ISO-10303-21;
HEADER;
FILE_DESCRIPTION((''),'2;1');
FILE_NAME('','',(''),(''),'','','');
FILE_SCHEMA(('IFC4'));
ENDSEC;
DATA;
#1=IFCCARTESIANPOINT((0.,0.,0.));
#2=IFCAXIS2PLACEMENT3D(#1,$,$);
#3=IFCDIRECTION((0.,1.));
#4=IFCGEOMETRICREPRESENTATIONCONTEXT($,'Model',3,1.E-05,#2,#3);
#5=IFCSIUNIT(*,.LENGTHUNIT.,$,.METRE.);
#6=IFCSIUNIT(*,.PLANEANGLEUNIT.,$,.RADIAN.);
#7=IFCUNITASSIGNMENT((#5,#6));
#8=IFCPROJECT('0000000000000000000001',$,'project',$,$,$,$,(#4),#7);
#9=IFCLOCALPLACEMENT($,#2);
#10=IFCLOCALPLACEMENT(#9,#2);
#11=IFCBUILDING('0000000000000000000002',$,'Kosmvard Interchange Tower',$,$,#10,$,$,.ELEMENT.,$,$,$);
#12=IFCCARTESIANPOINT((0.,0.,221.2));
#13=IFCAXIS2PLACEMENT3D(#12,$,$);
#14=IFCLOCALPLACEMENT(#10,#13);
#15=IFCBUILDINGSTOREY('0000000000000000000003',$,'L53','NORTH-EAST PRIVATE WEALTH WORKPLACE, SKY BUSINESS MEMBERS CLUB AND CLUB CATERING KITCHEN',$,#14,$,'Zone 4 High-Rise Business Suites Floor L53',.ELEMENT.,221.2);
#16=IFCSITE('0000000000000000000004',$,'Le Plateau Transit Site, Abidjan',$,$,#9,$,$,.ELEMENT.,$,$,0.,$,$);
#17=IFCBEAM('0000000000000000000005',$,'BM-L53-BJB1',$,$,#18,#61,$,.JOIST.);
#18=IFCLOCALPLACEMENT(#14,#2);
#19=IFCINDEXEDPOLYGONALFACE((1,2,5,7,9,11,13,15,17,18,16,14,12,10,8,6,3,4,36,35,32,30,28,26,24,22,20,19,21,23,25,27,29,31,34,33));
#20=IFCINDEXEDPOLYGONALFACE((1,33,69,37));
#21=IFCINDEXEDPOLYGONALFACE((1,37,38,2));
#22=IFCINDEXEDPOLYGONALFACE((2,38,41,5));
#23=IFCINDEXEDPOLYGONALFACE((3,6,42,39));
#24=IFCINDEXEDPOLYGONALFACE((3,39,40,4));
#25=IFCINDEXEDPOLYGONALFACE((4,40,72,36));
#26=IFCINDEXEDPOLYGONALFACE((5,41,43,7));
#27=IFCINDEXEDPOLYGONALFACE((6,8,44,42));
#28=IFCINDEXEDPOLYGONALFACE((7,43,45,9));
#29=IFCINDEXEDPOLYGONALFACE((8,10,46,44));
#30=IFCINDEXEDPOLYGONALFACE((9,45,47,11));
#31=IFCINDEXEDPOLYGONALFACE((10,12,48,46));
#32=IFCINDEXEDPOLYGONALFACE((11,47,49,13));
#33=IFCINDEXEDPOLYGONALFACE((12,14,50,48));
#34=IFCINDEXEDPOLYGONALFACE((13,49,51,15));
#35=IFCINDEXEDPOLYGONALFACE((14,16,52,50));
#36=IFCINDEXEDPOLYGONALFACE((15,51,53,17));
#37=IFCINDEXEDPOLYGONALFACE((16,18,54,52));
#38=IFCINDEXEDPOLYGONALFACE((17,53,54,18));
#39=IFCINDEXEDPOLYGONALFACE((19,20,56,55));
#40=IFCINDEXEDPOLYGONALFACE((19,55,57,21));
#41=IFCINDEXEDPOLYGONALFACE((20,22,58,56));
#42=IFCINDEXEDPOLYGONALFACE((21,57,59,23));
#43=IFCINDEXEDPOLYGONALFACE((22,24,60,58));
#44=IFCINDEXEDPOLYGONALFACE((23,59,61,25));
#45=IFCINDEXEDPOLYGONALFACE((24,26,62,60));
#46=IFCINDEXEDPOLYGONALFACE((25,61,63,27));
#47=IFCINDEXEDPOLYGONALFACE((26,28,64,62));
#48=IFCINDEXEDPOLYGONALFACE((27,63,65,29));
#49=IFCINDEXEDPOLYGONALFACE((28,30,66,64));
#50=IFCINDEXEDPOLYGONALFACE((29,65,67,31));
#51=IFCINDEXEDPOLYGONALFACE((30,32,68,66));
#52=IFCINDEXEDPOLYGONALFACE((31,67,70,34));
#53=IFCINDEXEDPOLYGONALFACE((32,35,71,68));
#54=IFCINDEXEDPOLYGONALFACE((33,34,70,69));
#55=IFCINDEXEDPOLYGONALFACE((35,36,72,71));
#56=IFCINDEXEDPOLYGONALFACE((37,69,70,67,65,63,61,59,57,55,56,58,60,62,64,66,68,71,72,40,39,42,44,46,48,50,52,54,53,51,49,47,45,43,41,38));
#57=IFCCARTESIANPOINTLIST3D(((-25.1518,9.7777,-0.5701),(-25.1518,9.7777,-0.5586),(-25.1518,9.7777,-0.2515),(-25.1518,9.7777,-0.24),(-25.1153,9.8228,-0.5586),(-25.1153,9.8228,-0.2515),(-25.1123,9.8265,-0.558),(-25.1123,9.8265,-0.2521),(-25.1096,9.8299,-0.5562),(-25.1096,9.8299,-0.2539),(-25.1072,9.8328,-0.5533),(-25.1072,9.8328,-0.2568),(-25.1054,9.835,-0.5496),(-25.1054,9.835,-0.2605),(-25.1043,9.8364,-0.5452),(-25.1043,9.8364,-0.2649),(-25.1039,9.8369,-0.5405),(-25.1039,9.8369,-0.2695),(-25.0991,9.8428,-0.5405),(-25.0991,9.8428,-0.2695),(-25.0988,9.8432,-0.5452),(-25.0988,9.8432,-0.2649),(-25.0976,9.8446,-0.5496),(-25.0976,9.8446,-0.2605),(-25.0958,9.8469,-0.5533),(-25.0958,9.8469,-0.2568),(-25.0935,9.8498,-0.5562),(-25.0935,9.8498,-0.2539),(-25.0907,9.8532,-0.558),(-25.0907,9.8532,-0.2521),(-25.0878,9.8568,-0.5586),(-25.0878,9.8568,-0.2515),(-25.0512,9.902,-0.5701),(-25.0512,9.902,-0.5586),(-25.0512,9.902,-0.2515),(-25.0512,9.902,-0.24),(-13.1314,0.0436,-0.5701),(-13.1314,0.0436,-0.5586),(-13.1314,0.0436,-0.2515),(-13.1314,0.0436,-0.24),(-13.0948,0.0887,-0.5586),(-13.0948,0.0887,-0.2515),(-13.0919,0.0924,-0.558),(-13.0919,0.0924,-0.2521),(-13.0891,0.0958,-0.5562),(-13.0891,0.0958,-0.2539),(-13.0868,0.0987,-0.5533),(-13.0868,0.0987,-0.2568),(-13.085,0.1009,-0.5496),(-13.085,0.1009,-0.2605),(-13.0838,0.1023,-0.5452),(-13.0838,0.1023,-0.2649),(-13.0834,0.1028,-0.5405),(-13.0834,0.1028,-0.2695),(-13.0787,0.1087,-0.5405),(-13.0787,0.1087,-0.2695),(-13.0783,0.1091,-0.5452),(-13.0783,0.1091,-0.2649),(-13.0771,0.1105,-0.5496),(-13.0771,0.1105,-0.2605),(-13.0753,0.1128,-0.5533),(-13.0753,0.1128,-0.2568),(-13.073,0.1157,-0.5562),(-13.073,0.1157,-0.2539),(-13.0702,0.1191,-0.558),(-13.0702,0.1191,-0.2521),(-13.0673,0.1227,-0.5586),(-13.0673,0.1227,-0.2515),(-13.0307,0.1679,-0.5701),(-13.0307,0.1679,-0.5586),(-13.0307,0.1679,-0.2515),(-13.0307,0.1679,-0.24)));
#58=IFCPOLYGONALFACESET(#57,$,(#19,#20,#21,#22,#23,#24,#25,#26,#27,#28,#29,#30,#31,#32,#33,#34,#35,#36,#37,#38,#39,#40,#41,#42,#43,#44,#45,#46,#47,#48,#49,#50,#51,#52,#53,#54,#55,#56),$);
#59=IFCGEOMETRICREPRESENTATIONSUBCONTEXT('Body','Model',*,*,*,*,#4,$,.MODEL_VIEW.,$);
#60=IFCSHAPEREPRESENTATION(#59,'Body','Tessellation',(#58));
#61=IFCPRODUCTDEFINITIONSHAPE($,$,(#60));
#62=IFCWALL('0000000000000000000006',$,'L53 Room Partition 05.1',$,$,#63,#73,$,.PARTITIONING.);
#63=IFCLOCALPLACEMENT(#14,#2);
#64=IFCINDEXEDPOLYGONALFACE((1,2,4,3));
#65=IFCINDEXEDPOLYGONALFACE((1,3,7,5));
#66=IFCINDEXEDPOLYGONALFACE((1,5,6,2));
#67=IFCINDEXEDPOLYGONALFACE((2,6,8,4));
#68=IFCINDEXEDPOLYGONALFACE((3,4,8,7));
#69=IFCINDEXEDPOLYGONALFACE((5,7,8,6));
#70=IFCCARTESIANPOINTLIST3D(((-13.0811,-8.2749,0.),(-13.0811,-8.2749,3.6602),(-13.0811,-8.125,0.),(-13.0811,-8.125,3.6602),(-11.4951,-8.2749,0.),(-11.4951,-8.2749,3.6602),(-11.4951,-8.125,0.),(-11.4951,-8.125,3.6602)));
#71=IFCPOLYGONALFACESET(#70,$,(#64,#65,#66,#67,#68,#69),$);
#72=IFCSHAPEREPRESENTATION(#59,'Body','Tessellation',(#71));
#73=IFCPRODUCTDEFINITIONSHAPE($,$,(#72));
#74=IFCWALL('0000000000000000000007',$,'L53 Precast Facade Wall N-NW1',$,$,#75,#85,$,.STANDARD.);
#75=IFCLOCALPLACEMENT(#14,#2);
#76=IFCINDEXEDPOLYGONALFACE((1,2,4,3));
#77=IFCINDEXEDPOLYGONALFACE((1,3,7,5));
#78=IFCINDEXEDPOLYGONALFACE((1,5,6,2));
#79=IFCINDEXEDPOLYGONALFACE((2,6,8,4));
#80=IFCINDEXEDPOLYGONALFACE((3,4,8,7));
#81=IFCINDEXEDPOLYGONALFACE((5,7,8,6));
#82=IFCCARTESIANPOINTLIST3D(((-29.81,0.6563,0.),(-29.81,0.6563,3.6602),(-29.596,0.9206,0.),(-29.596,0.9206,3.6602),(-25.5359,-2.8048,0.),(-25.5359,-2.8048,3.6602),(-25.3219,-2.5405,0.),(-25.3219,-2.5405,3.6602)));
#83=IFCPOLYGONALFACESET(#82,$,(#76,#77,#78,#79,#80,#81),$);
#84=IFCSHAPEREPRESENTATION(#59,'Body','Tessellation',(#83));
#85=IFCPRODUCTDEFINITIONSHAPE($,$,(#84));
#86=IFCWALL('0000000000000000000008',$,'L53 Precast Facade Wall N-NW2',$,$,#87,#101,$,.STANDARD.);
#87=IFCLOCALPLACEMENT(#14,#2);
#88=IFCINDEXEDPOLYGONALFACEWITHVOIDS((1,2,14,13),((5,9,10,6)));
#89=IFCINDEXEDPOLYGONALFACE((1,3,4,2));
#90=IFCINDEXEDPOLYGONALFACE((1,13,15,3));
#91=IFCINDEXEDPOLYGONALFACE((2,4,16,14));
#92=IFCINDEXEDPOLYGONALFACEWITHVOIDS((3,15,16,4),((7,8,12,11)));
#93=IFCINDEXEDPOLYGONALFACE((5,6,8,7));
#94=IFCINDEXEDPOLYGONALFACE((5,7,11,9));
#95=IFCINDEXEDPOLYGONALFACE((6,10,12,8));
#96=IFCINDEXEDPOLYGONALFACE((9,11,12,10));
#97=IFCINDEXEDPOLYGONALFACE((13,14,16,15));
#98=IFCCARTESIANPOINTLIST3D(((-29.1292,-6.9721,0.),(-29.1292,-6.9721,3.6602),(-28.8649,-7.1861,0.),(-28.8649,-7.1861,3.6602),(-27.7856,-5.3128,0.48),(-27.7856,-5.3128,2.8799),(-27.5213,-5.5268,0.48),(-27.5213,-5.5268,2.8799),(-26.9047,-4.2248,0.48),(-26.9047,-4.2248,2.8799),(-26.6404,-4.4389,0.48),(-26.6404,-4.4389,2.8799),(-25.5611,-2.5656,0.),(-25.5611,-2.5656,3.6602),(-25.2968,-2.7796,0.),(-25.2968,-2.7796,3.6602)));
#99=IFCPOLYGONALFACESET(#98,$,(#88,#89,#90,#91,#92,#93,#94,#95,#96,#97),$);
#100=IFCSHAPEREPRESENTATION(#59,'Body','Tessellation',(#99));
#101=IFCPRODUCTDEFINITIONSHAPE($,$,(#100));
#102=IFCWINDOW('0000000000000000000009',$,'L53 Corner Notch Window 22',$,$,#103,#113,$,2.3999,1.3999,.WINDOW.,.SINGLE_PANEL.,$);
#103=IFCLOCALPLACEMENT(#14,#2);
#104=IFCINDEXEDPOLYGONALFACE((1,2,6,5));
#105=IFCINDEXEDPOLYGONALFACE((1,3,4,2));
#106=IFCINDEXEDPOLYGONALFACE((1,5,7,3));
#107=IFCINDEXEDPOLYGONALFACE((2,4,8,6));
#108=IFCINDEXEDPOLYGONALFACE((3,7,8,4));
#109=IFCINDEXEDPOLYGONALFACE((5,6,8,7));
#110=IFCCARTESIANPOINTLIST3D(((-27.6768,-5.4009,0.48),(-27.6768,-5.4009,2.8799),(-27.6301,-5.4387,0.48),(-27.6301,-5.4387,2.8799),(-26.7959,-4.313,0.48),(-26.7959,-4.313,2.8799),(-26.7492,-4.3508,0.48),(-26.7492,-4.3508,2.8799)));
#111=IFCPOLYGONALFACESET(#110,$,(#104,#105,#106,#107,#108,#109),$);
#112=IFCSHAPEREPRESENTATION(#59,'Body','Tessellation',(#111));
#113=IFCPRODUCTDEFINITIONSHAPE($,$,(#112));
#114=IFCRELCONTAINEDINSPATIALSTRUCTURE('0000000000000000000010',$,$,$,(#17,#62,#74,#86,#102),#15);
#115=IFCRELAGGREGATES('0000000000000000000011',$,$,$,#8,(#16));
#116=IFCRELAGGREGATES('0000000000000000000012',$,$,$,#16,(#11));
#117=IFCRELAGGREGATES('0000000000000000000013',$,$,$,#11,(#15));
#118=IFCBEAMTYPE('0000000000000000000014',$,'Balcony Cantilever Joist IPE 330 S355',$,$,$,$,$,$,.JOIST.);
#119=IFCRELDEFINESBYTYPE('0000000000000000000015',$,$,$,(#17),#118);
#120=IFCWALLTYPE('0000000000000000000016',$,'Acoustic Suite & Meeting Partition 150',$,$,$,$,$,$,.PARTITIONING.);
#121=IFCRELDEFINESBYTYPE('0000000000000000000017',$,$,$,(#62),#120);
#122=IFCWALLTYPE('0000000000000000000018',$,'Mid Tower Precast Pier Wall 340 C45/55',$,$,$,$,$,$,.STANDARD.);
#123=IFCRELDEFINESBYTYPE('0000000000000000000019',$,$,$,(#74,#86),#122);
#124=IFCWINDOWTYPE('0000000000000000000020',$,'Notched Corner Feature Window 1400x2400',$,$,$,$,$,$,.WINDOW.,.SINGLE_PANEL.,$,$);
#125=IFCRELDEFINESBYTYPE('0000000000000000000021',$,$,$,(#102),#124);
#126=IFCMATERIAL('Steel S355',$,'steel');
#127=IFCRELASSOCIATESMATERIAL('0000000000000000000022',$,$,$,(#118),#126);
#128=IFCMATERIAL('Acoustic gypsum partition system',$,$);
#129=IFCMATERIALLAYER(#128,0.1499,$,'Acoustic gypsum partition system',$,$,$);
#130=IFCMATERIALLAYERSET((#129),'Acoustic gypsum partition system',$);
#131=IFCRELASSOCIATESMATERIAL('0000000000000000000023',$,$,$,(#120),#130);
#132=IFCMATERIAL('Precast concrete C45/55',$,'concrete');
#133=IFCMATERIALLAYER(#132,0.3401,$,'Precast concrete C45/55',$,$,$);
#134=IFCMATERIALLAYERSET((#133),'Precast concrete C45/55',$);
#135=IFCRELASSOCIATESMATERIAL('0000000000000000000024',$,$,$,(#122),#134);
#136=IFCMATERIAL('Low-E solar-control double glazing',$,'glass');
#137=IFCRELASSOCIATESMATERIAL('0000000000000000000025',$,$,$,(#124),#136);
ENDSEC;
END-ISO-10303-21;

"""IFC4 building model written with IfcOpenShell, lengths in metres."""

from ifc_helpers import new_model, si_unit, direction, frame, frame_2d, origin, origin_2d, place, context, subcontext, project, spatial, rectangle, i_section, extrude, source, transform, mapped, material, layer, layer_set, material_profile, profile_set, type_object, element, fill, save


model = new_model("IFC4")

# Units and contexts
model_context = context("Model", 3, precision=1e-05, world=origin(), true_north=direction((0.0, 1.0)))
body_context = subcontext(model_context, "Body", "Model", "MODEL_VIEW")
ifc_project = project(units=[si_unit("LENGTHUNIT", "METRE"), si_unit("PLANEANGLEUNIT", "RADIAN")], contexts=[model_context])

# Site, building, storey
site_placement = place(None, origin())
site = spatial("IfcSite", under=ifc_project, at=site_placement, Name="Le Plateau Transit Site, Abidjan", CompositionType="ELEMENT", RefElevation=0.0)
building_placement = place(site_placement, origin())
building = spatial("IfcBuilding", under=site, at=building_placement, Name="Kosmvard Interchange Tower", CompositionType="ELEMENT")
storey_placement = place(building_placement, frame((0.0, 0.0, 221.2)))
storey = spatial("IfcBuildingStorey", under=building, at=storey_placement, Name="L53", Description="NORTH-EAST PRIVATE WEALTH WORKPLACE, SKY BUSINESS MEMBERS CLUB AND CLUB CATERING KITCHEN", LongName="Zone 4 High-Rise Business Suites Floor L53", CompositionType="ELEMENT", Elevation=221.2)

# Beam
ifc_material_1 = material(Name="Steel S355", Category="steel")
ifc_material_profile_1 = material_profile(ifc_material_1, i_section(OverallWidth=0.1599, OverallDepth=0.3301, WebThickness=0.0076, FlangeThickness=0.0115, FilletRadius=0.0181, at=origin_2d()), Name="IPE 330")
ifc_profile_set_1 = profile_set([ifc_material_profile_1], Name="Steel S355")
beam_type_1 = type_object("IfcBeamType", Name="Balcony Cantilever Joist IPE 330 S355", PredefinedType="JOIST", material=ifc_profile_set_1)
shared_shape_1 = source(origin(), body_context, "Body", "SweptSolid", [
    extrude(i_section(OverallWidth=0.1599, OverallDepth=0.3301, WebThickness=0.0076, FlangeThickness=0.0115, FilletRadius=0.0181, at=origin_2d()), origin(), (0.0, 0.0, 1.0), 15.4675),
])
beam_1_placement = place(storey_placement, frame((-13.0811, 0.1057, -0.405), z_axis=(-0.777142, 0.629325, 0.0), x_axis=(-0.629325, -0.777142, 0.0)))
element("IfcBeam", 1, at=beam_1_placement, inside=storey, type_object=beam_type_1, Name="BM-L53-BJB1", PredefinedType="JOIST", context=body_context, shape_type="MappedRepresentation", body=[
    mapped(shared_shape_1, transform((0.0, 0.0, 0.0), scale=1.0)),
])

# Walls
ifc_material_2 = material(Name="Acoustic gypsum partition system")
ifc_layer_1 = layer(ifc_material_2, 0.1499, Name="Acoustic gypsum partition system")
ifc_layer_set_1 = layer_set([ifc_layer_1], Name="Acoustic gypsum partition system")
wall_type_1 = type_object("IfcWallType", Name="Acoustic Suite & Meeting Partition 150", PredefinedType="PARTITIONING", material=ifc_layer_set_1)
wall_1_placement = place(storey_placement, frame((-11.4951, -8.2, 0.0), z_axis=(0.0, 0.0, 1.0), x_axis=(-1.0, 0.0, 0.0)))
element("IfcWall", 2, at=wall_1_placement, inside=storey, type_object=wall_type_1, Name="L53 Room Partition 05.1", PredefinedType="PARTITIONING", context=body_context, shape_type="SweptSolid", body=[
    extrude(rectangle(XDim=1.5859, YDim=0.1499, at=frame_2d((0.793, 0.0))), origin(), (0.0, 0.0, 1.0), 3.6602),
])
ifc_material_3 = material(Name="Precast concrete C45/55", Category="concrete")
ifc_layer_2 = layer(ifc_material_3, 0.3401, Name="Precast concrete C45/55")
ifc_layer_set_2 = layer_set([ifc_layer_2], Name="Precast concrete C45/55")
wall_type_2 = type_object("IfcWallType", Name="Mid Tower Precast Pier Wall 340 C45/55", PredefinedType="STANDARD", material=ifc_layer_set_2)
wall_2_placement = place(storey_placement, frame((-29.7031, 0.7886, 0.0), z_axis=(0.0, 0.0, 1.0), x_axis=(0.777144, -0.629323, 0.0)))
element("IfcWall", 3, at=wall_2_placement, inside=storey, type_object=wall_type_2, Name="L53 Precast Facade Wall N-NW1", PredefinedType="STANDARD", context=body_context, shape_type="SweptSolid", body=[
    extrude(rectangle(XDim=5.4998, YDim=0.3401, at=frame_2d((2.75, 0.0))), origin(), (0.0, 0.0, 1.0), 3.6602),
])

# Wall, opening, window
wall_3_placement = place(storey_placement, frame((-25.429, -2.6726, 0.0), z_axis=(0.0, 0.0, 1.0), x_axis=(-0.6293, -0.777163, 0.0)))
wall_3 = element("IfcWall", 4, at=wall_3_placement, inside=storey, type_object=wall_type_2, Name="L53 Precast Facade Wall N-NW2", PredefinedType="STANDARD", context=body_context, shape_type="SweptSolid", body=[
    extrude(rectangle(XDim=5.6699, YDim=0.3401, at=frame_2d((2.835, 0.0))), origin(), (0.0, 0.0, 1.0), 3.6602),
])
opening_1_placement = place(wall_3_placement, frame((2.135, 0.0, 0.48)))
opening_1 = element("IfcOpeningElement", 5, at=opening_1_placement, cuts=wall_3, PredefinedType="OPENING", context=body_context, shape_type="SweptSolid", body=[
    extrude(rectangle(XDim=1.3999, YDim=2.3999, at=frame_2d((0.7, 1.2))), frame((0.0, 0.1802, 0.0), z_axis=(0.0, -1.0, 0.0), x_axis=(1.0, 0.0, 0.0)), (0.0, 0.0, 1.0), 0.3601),
])
ifc_material_4 = material(Name="Low-E solar-control double glazing", Category="glass")
window_type_1 = type_object("IfcWindowType", Name="Notched Corner Feature Window 1400x2400", PartitioningType="SINGLE_PANEL", PredefinedType="WINDOW", material=ifc_material_4)
shared_shape_2 = source(origin(), body_context, "Body", "SweptSolid", [
    extrude(rectangle(XDim=1.3999, YDim=2.3999, at=frame_2d((0.7, 1.2))), frame((0.0, 0.03, 0.0), z_axis=(0.0, -1.0, 0.0), x_axis=(1.0, 0.0, 0.0)), (0.0, 0.0, 1.0), 0.0601),
])
window_1_placement = place(opening_1_placement, origin())
window_1 = element("IfcWindow", 6, at=window_1_placement, inside=storey, type_object=window_type_1, Name="L53 Corner Notch Window 22", OverallHeight=2.3999, OverallWidth=1.3999, PartitioningType="SINGLE_PANEL", PredefinedType="WINDOW", context=body_context, shape_type="MappedRepresentation", body=[
    mapped(shared_shape_2, transform((0.0, 0.0, 0.0), scale=1.0)),
])
fill(opening_1, window_1)

save(model, "model.ifc")
